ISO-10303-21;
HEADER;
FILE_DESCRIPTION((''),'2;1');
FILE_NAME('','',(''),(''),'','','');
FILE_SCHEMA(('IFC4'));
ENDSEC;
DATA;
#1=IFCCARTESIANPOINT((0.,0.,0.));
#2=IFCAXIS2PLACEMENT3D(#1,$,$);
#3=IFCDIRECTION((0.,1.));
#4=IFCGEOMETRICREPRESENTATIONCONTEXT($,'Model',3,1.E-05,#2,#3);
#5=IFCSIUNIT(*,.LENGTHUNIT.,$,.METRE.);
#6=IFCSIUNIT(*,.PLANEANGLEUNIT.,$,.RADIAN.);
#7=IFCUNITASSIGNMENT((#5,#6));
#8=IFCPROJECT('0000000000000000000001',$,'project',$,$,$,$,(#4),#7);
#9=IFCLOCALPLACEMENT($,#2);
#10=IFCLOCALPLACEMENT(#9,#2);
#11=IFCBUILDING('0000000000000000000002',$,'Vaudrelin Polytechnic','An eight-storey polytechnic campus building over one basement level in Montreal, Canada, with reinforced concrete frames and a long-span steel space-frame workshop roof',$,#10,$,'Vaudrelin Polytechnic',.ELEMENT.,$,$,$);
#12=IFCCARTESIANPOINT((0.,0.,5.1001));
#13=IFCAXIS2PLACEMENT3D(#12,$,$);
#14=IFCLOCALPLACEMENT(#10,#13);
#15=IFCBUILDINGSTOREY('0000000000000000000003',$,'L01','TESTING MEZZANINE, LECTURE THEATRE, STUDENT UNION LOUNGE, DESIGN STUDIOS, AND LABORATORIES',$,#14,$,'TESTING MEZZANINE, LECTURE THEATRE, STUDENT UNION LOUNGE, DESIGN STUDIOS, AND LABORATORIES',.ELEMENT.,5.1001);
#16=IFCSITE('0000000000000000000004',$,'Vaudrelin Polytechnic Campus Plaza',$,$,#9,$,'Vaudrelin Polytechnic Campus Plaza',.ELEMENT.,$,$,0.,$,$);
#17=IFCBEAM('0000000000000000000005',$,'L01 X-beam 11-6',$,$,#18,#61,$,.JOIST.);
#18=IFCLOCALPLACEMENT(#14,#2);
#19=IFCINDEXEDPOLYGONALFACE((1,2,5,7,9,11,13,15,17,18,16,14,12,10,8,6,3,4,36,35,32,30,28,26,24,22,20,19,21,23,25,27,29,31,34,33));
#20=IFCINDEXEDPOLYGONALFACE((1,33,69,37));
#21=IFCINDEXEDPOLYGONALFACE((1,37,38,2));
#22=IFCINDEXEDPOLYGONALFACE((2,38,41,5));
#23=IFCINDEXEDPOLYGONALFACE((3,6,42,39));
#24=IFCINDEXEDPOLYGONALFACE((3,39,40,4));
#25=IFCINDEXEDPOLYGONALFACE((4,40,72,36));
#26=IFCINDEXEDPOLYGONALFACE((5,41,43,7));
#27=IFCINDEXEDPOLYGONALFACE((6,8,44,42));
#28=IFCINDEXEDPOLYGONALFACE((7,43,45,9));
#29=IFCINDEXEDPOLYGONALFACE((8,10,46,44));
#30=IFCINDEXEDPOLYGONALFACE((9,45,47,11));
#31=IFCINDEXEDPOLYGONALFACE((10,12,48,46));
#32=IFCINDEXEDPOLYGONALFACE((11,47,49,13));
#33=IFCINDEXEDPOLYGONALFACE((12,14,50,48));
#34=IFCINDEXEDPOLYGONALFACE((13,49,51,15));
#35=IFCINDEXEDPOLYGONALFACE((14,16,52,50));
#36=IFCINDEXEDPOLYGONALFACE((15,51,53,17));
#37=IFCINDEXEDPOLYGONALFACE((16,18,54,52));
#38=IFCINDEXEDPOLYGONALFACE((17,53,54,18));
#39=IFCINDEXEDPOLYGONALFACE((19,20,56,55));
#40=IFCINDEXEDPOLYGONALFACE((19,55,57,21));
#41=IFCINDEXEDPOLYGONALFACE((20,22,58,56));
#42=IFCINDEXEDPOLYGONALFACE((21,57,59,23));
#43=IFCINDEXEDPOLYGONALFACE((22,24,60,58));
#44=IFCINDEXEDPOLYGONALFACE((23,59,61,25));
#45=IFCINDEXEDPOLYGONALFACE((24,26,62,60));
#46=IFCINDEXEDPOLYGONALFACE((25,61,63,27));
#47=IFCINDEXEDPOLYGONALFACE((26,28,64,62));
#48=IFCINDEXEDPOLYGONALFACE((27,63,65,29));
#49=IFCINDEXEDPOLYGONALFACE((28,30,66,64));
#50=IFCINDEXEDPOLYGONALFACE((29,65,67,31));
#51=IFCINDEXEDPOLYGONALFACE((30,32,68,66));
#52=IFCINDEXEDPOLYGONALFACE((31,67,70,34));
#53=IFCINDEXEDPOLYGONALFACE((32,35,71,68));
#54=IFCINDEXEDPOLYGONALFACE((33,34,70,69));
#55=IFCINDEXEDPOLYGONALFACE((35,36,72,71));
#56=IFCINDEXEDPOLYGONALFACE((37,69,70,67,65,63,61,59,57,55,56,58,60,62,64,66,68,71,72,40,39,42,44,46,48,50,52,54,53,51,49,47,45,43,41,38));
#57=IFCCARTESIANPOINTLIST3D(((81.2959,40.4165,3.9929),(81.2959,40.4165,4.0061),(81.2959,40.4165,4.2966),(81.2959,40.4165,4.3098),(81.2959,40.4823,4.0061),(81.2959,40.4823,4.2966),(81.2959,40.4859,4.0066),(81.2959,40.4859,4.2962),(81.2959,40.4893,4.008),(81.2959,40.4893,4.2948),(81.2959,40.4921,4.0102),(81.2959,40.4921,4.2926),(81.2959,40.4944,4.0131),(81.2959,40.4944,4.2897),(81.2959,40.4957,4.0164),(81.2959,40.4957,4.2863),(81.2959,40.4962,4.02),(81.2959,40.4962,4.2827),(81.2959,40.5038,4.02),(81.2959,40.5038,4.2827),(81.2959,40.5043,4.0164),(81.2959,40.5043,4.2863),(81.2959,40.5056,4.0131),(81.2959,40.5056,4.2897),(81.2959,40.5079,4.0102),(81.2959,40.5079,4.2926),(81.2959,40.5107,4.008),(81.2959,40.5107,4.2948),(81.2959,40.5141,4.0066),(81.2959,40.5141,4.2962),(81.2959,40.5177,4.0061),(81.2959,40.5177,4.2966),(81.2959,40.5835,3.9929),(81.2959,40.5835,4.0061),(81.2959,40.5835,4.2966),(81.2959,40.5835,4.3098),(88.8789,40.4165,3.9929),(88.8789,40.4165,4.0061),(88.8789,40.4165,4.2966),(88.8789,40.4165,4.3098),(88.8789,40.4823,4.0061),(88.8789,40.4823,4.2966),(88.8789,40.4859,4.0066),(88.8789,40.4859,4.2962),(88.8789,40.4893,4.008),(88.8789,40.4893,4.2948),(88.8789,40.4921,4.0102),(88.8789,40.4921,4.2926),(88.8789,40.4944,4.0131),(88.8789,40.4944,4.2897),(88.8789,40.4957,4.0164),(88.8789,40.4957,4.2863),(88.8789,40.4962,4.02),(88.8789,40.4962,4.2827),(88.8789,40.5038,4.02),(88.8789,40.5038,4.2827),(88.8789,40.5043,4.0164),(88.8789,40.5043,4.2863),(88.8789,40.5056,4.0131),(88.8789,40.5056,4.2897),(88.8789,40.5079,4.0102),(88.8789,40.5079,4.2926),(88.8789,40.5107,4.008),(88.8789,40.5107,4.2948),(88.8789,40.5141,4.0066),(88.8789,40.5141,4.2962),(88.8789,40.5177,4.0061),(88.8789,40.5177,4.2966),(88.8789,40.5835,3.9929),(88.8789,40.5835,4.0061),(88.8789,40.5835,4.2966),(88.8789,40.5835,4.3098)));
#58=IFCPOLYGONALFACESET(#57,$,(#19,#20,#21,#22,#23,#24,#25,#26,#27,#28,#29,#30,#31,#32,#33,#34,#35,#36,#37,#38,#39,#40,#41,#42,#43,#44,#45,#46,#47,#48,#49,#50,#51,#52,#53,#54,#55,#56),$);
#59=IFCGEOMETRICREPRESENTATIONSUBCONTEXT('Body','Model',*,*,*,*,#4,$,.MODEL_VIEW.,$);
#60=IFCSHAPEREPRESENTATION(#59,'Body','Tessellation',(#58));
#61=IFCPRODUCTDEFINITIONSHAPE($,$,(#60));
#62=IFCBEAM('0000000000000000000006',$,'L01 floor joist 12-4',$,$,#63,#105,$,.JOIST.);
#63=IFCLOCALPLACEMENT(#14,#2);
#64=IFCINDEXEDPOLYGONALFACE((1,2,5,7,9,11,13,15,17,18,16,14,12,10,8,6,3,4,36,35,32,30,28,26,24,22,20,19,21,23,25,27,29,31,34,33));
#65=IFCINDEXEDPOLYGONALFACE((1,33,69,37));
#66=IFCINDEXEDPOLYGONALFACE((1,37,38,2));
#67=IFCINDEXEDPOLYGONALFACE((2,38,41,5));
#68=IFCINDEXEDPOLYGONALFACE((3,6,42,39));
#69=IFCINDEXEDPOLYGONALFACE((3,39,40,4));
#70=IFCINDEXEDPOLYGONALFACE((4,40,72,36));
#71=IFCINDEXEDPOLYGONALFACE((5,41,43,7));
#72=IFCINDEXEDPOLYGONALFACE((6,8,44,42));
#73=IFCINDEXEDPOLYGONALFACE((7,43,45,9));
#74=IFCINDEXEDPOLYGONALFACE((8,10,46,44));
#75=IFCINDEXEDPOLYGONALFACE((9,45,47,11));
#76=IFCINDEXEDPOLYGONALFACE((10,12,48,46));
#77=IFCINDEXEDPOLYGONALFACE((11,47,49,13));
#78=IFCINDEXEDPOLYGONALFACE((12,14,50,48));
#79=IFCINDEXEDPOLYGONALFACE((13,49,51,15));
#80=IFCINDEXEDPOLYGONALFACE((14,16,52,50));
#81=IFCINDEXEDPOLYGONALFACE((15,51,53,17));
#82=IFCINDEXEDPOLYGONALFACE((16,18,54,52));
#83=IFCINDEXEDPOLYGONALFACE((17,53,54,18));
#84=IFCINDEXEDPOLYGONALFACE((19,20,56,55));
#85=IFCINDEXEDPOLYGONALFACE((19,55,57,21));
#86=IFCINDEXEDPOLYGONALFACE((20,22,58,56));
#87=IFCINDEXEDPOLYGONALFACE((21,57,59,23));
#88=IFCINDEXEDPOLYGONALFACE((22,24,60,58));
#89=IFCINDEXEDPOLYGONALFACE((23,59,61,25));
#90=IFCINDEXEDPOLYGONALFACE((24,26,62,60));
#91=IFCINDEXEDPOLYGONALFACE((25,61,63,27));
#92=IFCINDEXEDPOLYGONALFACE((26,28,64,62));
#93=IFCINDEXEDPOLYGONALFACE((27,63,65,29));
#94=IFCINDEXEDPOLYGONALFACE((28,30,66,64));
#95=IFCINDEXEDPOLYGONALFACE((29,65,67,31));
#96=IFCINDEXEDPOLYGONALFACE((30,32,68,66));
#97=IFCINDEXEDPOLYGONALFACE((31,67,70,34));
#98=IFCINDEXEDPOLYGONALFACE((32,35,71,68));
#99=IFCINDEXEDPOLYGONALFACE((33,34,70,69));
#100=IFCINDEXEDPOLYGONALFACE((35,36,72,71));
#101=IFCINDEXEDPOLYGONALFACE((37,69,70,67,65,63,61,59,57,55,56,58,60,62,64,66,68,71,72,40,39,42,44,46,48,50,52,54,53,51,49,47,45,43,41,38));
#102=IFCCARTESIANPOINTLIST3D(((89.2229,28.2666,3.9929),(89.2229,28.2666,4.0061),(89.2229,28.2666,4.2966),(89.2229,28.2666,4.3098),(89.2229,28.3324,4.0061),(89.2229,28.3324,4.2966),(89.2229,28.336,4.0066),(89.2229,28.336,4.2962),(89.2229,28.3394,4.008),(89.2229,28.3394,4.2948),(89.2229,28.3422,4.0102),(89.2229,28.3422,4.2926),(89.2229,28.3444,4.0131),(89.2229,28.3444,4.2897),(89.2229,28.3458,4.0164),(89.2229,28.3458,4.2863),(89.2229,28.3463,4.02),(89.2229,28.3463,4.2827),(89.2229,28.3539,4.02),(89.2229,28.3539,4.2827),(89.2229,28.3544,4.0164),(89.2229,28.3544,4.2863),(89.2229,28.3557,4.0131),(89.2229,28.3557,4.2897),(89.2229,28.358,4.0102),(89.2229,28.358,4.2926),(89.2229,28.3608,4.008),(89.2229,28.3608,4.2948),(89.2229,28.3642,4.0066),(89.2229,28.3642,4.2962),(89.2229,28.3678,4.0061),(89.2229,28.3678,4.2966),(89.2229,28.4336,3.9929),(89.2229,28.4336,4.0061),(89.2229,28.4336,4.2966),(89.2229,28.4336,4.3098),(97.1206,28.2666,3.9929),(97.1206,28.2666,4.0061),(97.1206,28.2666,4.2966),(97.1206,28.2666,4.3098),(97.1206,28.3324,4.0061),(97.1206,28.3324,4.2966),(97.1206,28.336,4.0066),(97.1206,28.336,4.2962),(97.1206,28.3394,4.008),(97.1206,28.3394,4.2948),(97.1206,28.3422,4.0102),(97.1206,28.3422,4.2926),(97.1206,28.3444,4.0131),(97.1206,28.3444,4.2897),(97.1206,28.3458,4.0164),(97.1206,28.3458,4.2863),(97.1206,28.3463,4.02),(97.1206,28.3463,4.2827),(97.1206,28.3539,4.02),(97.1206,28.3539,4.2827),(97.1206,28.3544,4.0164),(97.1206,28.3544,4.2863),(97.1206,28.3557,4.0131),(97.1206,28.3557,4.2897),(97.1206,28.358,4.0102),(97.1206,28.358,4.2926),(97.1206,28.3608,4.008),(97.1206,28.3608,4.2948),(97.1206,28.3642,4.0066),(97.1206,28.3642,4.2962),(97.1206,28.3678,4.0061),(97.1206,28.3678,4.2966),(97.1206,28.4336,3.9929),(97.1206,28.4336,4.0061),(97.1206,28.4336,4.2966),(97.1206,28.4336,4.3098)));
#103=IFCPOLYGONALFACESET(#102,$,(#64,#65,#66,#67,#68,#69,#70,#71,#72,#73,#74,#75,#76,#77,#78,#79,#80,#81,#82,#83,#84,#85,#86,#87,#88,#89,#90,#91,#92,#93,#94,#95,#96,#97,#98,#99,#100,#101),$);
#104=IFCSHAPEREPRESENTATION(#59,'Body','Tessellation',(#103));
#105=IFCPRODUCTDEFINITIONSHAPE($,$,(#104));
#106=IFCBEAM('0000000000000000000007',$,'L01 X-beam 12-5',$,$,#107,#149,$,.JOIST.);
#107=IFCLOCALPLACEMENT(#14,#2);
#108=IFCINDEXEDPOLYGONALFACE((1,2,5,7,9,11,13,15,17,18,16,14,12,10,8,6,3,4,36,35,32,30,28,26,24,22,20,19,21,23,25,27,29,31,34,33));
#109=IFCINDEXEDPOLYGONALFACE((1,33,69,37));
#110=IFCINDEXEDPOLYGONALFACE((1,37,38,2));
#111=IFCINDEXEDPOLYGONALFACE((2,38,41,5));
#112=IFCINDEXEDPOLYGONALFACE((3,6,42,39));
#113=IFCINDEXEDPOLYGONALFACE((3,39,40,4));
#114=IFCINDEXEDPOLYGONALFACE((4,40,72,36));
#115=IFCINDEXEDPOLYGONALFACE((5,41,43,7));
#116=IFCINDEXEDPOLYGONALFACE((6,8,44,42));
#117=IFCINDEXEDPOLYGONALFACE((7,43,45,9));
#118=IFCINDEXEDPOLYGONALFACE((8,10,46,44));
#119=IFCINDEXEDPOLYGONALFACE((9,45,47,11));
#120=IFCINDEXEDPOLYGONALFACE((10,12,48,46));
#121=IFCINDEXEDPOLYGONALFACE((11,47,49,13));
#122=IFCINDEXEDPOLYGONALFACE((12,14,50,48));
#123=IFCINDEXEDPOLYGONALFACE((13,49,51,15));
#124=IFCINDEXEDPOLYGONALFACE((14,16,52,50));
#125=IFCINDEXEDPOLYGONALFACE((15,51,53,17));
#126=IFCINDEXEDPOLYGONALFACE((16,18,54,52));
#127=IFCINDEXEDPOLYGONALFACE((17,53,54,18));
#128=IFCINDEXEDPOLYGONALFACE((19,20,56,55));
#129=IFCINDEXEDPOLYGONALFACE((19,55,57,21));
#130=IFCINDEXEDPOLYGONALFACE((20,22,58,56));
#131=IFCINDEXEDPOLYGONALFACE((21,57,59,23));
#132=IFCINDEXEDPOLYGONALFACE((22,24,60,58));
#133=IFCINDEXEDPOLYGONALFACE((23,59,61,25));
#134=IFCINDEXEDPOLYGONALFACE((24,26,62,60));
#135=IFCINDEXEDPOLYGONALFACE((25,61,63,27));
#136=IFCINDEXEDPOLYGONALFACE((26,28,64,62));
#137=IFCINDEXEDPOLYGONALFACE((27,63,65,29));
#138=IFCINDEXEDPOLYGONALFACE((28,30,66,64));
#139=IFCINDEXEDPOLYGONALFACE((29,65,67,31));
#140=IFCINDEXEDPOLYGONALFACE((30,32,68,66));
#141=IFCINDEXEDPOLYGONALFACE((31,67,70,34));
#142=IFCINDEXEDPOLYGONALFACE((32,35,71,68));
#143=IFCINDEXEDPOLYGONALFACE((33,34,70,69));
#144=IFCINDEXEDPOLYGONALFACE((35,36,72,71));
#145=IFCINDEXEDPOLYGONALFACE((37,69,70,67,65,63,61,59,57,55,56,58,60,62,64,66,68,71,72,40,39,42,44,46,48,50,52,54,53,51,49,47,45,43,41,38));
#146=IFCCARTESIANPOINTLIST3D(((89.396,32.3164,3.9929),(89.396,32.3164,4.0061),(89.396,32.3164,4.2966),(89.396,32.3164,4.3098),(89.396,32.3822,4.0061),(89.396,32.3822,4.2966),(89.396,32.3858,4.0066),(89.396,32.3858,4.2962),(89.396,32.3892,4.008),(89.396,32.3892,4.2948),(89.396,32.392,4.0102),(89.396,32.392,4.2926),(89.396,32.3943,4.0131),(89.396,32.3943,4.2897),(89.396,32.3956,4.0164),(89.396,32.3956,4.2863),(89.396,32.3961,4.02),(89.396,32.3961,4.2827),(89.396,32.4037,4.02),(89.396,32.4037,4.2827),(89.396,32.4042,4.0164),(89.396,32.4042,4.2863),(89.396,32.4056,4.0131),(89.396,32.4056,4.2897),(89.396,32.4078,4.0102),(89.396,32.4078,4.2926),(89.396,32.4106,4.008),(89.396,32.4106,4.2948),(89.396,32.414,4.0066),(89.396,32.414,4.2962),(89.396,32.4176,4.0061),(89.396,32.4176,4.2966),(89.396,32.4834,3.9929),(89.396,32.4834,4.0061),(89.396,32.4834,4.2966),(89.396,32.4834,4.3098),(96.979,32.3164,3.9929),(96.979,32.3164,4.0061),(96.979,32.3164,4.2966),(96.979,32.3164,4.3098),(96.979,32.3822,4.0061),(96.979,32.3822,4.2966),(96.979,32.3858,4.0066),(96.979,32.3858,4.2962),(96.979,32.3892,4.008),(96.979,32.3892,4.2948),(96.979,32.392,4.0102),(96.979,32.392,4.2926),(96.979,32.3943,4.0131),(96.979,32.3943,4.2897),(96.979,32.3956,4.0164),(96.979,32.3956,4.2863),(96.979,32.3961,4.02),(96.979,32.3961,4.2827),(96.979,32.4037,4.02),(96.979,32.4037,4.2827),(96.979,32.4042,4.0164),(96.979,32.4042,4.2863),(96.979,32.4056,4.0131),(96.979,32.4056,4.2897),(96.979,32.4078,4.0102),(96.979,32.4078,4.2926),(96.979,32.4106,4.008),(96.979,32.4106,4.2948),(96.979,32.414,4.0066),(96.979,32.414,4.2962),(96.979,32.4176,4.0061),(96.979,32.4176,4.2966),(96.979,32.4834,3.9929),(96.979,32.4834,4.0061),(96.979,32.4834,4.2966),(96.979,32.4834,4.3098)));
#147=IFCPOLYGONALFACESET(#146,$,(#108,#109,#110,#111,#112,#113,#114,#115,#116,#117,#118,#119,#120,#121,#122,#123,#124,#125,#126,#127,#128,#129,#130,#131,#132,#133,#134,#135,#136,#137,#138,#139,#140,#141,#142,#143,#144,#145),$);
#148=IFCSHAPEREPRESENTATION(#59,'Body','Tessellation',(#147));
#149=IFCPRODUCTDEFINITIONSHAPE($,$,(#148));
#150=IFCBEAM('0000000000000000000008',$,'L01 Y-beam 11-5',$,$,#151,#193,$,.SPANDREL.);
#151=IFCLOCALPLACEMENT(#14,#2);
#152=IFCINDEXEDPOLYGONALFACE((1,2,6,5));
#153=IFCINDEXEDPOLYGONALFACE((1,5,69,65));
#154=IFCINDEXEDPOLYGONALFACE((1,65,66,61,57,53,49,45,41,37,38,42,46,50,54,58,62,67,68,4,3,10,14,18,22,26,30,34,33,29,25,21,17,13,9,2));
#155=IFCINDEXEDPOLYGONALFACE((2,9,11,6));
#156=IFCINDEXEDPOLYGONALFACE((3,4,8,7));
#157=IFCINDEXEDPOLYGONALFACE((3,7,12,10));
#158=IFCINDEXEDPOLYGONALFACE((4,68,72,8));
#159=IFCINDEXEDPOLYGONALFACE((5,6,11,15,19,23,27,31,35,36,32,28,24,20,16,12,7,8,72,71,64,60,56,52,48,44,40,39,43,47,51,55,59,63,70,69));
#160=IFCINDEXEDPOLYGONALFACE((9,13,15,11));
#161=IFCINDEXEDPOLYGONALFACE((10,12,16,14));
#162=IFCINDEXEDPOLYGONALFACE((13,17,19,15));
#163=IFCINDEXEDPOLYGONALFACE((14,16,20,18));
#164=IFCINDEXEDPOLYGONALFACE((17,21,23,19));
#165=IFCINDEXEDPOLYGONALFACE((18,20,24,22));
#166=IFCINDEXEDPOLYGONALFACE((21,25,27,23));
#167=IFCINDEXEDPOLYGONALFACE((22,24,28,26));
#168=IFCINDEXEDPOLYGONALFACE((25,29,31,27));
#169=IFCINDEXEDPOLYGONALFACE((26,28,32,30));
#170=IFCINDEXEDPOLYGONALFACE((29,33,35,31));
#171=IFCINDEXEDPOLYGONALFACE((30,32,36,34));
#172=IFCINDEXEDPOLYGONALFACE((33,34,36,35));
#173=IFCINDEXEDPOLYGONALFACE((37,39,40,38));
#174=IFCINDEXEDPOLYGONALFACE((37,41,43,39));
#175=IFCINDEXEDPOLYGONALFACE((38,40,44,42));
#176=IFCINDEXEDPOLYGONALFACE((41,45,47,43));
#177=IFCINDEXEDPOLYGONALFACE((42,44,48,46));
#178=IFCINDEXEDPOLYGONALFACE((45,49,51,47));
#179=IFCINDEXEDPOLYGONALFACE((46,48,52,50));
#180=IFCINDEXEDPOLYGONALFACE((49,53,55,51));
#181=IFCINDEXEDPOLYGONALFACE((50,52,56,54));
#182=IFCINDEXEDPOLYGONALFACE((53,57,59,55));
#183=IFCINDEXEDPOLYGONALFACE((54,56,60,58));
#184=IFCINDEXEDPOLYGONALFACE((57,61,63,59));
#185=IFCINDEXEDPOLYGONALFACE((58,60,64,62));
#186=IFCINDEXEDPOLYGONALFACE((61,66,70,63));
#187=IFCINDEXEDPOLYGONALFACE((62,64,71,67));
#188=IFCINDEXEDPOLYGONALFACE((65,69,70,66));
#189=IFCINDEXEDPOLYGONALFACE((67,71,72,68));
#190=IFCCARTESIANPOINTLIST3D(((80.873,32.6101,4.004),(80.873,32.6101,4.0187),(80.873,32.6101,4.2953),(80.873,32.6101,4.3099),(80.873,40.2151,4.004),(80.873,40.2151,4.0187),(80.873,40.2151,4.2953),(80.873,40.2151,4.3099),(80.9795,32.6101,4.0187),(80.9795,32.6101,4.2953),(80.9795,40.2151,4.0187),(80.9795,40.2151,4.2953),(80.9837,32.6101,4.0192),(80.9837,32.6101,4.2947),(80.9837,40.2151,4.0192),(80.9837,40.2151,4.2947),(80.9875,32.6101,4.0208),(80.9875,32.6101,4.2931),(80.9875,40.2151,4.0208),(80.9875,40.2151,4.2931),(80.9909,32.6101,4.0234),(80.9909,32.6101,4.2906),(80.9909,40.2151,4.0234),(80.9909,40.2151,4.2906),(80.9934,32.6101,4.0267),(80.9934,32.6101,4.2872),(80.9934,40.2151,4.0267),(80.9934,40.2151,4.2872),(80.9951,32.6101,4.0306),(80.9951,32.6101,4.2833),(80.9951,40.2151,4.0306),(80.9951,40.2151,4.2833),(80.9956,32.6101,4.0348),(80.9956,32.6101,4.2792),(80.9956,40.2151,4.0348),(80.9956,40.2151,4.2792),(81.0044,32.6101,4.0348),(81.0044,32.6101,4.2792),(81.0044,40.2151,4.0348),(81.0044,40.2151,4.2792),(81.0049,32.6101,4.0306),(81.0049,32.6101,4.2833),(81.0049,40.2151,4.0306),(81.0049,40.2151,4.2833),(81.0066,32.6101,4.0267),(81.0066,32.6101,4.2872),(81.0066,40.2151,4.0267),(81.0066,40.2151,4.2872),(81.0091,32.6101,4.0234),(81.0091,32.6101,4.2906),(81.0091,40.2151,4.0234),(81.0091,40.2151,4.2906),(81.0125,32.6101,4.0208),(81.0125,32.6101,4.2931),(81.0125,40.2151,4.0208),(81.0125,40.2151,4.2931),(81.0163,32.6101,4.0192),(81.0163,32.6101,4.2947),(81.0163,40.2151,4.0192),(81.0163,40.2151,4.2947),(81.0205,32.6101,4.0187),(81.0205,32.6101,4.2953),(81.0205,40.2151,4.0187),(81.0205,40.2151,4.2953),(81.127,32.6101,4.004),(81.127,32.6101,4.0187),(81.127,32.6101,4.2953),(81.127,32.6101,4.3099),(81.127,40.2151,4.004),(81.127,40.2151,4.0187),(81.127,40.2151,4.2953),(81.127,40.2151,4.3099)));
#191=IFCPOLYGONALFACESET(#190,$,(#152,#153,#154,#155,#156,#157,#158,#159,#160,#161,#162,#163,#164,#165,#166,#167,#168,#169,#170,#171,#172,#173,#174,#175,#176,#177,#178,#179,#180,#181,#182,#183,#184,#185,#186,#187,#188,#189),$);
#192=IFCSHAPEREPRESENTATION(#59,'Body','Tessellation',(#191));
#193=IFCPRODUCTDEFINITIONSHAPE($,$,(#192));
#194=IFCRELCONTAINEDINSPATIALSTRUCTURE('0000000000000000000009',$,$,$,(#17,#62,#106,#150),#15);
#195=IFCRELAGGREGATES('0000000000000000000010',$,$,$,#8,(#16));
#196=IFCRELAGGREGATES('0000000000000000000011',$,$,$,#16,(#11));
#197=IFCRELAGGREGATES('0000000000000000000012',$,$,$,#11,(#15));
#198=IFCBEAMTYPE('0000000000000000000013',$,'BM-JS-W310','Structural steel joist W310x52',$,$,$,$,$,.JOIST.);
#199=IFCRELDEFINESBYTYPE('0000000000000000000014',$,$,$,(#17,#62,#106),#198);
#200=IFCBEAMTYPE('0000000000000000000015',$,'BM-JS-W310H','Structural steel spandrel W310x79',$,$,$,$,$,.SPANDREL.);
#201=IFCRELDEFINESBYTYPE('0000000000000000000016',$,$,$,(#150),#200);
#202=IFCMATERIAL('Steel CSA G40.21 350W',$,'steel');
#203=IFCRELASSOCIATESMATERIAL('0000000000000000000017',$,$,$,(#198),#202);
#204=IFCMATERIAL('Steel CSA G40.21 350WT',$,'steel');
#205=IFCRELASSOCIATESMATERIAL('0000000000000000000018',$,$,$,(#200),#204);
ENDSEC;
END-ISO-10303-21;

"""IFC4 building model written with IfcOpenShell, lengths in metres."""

from ifc_helpers import new_model, si_unit, direction, frame, origin, origin_2d, place, context, subcontext, project, spatial, i_section, extrude, material, material_profile, profile_set, type_object, element, save


model = new_model("IFC4")

# Units and contexts
model_context = context("Model", 3, precision=1e-05, world=origin(), true_north=direction((0.0, 1.0)))
body_context = subcontext(model_context, "Body", "Model", "MODEL_VIEW")
ifc_project = project(units=[si_unit("LENGTHUNIT", "METRE"), si_unit("PLANEANGLEUNIT", "RADIAN")], contexts=[model_context])

# Site, building, storey
site_placement = place(None, origin())
site = spatial("IfcSite", under=ifc_project, at=site_placement, Name="Vaudrelin Polytechnic Campus Plaza", LongName="Vaudrelin Polytechnic Campus Plaza", CompositionType="ELEMENT", RefElevation=0.0)
building_placement = place(site_placement, origin())
building = spatial("IfcBuilding", under=site, at=building_placement, Name="Vaudrelin Polytechnic", Description="An eight-storey polytechnic campus building over one basement level in Montreal, Canada, with reinforced concrete frames and a long-span steel space-frame workshop roof", LongName="Vaudrelin Polytechnic", CompositionType="ELEMENT")
storey_placement = place(building_placement, frame((0.0, 0.0, 5.1001)))
storey = spatial("IfcBuildingStorey", under=building, at=storey_placement, Name="L01", Description="TESTING MEZZANINE, LECTURE THEATRE, STUDENT UNION LOUNGE, DESIGN STUDIOS, AND LABORATORIES", LongName="TESTING MEZZANINE, LECTURE THEATRE, STUDENT UNION LOUNGE, DESIGN STUDIOS, AND LABORATORIES", CompositionType="ELEMENT", Elevation=5.1001)

# Beams
ifc_material_1 = material(Name="Steel CSA G40.21 350WT", Category="steel")
ifc_material_2 = material(Name="Steel CSA G40.21 350W", Category="steel")
ifc_material_profile_1 = material_profile(ifc_material_2, i_section(OverallWidth=0.167, OverallDepth=0.3169, WebThickness=0.0076, FlangeThickness=0.0132, FilletRadius=0.0139, at=origin_2d()), Name="W310x52")
ifc_profile_set_1 = profile_set([ifc_material_profile_1], Name="Steel CSA G40.21 350W")
beam_type_1 = type_object("IfcBeamType", Name="BM-JS-W310", Description="Structural steel joist W310x52", PredefinedType="JOIST", material=ifc_profile_set_1)
beam_1_placement = place(storey_placement, frame((81.2959, 40.5, 4.1514), z_axis=(1.0, 0.0, 0.0), x_axis=(0.0, 1.0, 0.0)))
element("IfcBeam", 1, at=beam_1_placement, inside=storey, type_object=beam_type_1, Name="L01 X-beam 11-6", PredefinedType="JOIST", context=body_context, shape_type="SweptSolid", body=[
    extrude(i_section(OverallWidth=0.167, OverallDepth=0.3169, WebThickness=0.0076, FlangeThickness=0.0132, FilletRadius=0.0139, at=origin_2d()), origin(), (0.0, 0.0, 1.0), 7.583),
])
beam_2_placement = place(storey_placement, frame((89.2229, 28.3501, 4.1514), z_axis=(1.0, 0.0, 0.0), x_axis=(0.0, 1.0, 0.0)))
element("IfcBeam", 2, at=beam_2_placement, inside=storey, type_object=beam_type_1, Name="L01 floor joist 12-4", PredefinedType="JOIST", context=body_context, shape_type="SweptSolid", body=[
    extrude(i_section(OverallWidth=0.167, OverallDepth=0.3169, WebThickness=0.0076, FlangeThickness=0.0132, FilletRadius=0.0139, at=origin_2d()), origin(), (0.0, 0.0, 1.0), 7.8977),
])
beam_3_placement = place(storey_placement, frame((89.396, 32.3999, 4.1514), z_axis=(1.0, 0.0, 0.0), x_axis=(0.0, 1.0, 0.0)))
element("IfcBeam", 3, at=beam_3_placement, inside=storey, type_object=beam_type_1, Name="L01 X-beam 12-5", PredefinedType="JOIST", context=body_context, shape_type="SweptSolid", body=[
    extrude(i_section(OverallWidth=0.167, OverallDepth=0.3169, WebThickness=0.0076, FlangeThickness=0.0132, FilletRadius=0.0139, at=origin_2d()), origin(), (0.0, 0.0, 1.0), 7.583),
])
ifc_material_profile_2 = material_profile(ifc_material_1, i_section(OverallWidth=0.2539, OverallDepth=0.3059, WebThickness=0.0088, FlangeThickness=0.0146, FilletRadius=0.0161, at=origin_2d()), Name="W310x79")
ifc_profile_set_2 = profile_set([ifc_material_profile_2], Name="Steel CSA G40.21 350WT")
beam_type_2 = type_object("IfcBeamType", Name="BM-JS-W310H", Description="Structural steel spandrel W310x79", PredefinedType="SPANDREL", material=ifc_profile_set_2)
for number, where, z_axis, x_axis, name in (
    (4, (81.0, 32.6101, 4.157), (0.0, 1.0, 0.0), (-1.0, 0.0, 0.0), "L01 Y-beam 11-5"),
):
    element("IfcBeam", number, at=place(storey_placement, frame(where, z_axis=z_axis, x_axis=x_axis)), inside=storey, type_object=beam_type_2, Name=name, PredefinedType="SPANDREL", context=body_context, shape_type="SweptSolid", body=[
        extrude(i_section(OverallWidth=0.2539, OverallDepth=0.3059, WebThickness=0.0088, FlangeThickness=0.0146, FilletRadius=0.0161, at=origin_2d()), origin(), (0.0, 0.0, 1.0), 7.605),
    ])

save(model, "model.ifc")
